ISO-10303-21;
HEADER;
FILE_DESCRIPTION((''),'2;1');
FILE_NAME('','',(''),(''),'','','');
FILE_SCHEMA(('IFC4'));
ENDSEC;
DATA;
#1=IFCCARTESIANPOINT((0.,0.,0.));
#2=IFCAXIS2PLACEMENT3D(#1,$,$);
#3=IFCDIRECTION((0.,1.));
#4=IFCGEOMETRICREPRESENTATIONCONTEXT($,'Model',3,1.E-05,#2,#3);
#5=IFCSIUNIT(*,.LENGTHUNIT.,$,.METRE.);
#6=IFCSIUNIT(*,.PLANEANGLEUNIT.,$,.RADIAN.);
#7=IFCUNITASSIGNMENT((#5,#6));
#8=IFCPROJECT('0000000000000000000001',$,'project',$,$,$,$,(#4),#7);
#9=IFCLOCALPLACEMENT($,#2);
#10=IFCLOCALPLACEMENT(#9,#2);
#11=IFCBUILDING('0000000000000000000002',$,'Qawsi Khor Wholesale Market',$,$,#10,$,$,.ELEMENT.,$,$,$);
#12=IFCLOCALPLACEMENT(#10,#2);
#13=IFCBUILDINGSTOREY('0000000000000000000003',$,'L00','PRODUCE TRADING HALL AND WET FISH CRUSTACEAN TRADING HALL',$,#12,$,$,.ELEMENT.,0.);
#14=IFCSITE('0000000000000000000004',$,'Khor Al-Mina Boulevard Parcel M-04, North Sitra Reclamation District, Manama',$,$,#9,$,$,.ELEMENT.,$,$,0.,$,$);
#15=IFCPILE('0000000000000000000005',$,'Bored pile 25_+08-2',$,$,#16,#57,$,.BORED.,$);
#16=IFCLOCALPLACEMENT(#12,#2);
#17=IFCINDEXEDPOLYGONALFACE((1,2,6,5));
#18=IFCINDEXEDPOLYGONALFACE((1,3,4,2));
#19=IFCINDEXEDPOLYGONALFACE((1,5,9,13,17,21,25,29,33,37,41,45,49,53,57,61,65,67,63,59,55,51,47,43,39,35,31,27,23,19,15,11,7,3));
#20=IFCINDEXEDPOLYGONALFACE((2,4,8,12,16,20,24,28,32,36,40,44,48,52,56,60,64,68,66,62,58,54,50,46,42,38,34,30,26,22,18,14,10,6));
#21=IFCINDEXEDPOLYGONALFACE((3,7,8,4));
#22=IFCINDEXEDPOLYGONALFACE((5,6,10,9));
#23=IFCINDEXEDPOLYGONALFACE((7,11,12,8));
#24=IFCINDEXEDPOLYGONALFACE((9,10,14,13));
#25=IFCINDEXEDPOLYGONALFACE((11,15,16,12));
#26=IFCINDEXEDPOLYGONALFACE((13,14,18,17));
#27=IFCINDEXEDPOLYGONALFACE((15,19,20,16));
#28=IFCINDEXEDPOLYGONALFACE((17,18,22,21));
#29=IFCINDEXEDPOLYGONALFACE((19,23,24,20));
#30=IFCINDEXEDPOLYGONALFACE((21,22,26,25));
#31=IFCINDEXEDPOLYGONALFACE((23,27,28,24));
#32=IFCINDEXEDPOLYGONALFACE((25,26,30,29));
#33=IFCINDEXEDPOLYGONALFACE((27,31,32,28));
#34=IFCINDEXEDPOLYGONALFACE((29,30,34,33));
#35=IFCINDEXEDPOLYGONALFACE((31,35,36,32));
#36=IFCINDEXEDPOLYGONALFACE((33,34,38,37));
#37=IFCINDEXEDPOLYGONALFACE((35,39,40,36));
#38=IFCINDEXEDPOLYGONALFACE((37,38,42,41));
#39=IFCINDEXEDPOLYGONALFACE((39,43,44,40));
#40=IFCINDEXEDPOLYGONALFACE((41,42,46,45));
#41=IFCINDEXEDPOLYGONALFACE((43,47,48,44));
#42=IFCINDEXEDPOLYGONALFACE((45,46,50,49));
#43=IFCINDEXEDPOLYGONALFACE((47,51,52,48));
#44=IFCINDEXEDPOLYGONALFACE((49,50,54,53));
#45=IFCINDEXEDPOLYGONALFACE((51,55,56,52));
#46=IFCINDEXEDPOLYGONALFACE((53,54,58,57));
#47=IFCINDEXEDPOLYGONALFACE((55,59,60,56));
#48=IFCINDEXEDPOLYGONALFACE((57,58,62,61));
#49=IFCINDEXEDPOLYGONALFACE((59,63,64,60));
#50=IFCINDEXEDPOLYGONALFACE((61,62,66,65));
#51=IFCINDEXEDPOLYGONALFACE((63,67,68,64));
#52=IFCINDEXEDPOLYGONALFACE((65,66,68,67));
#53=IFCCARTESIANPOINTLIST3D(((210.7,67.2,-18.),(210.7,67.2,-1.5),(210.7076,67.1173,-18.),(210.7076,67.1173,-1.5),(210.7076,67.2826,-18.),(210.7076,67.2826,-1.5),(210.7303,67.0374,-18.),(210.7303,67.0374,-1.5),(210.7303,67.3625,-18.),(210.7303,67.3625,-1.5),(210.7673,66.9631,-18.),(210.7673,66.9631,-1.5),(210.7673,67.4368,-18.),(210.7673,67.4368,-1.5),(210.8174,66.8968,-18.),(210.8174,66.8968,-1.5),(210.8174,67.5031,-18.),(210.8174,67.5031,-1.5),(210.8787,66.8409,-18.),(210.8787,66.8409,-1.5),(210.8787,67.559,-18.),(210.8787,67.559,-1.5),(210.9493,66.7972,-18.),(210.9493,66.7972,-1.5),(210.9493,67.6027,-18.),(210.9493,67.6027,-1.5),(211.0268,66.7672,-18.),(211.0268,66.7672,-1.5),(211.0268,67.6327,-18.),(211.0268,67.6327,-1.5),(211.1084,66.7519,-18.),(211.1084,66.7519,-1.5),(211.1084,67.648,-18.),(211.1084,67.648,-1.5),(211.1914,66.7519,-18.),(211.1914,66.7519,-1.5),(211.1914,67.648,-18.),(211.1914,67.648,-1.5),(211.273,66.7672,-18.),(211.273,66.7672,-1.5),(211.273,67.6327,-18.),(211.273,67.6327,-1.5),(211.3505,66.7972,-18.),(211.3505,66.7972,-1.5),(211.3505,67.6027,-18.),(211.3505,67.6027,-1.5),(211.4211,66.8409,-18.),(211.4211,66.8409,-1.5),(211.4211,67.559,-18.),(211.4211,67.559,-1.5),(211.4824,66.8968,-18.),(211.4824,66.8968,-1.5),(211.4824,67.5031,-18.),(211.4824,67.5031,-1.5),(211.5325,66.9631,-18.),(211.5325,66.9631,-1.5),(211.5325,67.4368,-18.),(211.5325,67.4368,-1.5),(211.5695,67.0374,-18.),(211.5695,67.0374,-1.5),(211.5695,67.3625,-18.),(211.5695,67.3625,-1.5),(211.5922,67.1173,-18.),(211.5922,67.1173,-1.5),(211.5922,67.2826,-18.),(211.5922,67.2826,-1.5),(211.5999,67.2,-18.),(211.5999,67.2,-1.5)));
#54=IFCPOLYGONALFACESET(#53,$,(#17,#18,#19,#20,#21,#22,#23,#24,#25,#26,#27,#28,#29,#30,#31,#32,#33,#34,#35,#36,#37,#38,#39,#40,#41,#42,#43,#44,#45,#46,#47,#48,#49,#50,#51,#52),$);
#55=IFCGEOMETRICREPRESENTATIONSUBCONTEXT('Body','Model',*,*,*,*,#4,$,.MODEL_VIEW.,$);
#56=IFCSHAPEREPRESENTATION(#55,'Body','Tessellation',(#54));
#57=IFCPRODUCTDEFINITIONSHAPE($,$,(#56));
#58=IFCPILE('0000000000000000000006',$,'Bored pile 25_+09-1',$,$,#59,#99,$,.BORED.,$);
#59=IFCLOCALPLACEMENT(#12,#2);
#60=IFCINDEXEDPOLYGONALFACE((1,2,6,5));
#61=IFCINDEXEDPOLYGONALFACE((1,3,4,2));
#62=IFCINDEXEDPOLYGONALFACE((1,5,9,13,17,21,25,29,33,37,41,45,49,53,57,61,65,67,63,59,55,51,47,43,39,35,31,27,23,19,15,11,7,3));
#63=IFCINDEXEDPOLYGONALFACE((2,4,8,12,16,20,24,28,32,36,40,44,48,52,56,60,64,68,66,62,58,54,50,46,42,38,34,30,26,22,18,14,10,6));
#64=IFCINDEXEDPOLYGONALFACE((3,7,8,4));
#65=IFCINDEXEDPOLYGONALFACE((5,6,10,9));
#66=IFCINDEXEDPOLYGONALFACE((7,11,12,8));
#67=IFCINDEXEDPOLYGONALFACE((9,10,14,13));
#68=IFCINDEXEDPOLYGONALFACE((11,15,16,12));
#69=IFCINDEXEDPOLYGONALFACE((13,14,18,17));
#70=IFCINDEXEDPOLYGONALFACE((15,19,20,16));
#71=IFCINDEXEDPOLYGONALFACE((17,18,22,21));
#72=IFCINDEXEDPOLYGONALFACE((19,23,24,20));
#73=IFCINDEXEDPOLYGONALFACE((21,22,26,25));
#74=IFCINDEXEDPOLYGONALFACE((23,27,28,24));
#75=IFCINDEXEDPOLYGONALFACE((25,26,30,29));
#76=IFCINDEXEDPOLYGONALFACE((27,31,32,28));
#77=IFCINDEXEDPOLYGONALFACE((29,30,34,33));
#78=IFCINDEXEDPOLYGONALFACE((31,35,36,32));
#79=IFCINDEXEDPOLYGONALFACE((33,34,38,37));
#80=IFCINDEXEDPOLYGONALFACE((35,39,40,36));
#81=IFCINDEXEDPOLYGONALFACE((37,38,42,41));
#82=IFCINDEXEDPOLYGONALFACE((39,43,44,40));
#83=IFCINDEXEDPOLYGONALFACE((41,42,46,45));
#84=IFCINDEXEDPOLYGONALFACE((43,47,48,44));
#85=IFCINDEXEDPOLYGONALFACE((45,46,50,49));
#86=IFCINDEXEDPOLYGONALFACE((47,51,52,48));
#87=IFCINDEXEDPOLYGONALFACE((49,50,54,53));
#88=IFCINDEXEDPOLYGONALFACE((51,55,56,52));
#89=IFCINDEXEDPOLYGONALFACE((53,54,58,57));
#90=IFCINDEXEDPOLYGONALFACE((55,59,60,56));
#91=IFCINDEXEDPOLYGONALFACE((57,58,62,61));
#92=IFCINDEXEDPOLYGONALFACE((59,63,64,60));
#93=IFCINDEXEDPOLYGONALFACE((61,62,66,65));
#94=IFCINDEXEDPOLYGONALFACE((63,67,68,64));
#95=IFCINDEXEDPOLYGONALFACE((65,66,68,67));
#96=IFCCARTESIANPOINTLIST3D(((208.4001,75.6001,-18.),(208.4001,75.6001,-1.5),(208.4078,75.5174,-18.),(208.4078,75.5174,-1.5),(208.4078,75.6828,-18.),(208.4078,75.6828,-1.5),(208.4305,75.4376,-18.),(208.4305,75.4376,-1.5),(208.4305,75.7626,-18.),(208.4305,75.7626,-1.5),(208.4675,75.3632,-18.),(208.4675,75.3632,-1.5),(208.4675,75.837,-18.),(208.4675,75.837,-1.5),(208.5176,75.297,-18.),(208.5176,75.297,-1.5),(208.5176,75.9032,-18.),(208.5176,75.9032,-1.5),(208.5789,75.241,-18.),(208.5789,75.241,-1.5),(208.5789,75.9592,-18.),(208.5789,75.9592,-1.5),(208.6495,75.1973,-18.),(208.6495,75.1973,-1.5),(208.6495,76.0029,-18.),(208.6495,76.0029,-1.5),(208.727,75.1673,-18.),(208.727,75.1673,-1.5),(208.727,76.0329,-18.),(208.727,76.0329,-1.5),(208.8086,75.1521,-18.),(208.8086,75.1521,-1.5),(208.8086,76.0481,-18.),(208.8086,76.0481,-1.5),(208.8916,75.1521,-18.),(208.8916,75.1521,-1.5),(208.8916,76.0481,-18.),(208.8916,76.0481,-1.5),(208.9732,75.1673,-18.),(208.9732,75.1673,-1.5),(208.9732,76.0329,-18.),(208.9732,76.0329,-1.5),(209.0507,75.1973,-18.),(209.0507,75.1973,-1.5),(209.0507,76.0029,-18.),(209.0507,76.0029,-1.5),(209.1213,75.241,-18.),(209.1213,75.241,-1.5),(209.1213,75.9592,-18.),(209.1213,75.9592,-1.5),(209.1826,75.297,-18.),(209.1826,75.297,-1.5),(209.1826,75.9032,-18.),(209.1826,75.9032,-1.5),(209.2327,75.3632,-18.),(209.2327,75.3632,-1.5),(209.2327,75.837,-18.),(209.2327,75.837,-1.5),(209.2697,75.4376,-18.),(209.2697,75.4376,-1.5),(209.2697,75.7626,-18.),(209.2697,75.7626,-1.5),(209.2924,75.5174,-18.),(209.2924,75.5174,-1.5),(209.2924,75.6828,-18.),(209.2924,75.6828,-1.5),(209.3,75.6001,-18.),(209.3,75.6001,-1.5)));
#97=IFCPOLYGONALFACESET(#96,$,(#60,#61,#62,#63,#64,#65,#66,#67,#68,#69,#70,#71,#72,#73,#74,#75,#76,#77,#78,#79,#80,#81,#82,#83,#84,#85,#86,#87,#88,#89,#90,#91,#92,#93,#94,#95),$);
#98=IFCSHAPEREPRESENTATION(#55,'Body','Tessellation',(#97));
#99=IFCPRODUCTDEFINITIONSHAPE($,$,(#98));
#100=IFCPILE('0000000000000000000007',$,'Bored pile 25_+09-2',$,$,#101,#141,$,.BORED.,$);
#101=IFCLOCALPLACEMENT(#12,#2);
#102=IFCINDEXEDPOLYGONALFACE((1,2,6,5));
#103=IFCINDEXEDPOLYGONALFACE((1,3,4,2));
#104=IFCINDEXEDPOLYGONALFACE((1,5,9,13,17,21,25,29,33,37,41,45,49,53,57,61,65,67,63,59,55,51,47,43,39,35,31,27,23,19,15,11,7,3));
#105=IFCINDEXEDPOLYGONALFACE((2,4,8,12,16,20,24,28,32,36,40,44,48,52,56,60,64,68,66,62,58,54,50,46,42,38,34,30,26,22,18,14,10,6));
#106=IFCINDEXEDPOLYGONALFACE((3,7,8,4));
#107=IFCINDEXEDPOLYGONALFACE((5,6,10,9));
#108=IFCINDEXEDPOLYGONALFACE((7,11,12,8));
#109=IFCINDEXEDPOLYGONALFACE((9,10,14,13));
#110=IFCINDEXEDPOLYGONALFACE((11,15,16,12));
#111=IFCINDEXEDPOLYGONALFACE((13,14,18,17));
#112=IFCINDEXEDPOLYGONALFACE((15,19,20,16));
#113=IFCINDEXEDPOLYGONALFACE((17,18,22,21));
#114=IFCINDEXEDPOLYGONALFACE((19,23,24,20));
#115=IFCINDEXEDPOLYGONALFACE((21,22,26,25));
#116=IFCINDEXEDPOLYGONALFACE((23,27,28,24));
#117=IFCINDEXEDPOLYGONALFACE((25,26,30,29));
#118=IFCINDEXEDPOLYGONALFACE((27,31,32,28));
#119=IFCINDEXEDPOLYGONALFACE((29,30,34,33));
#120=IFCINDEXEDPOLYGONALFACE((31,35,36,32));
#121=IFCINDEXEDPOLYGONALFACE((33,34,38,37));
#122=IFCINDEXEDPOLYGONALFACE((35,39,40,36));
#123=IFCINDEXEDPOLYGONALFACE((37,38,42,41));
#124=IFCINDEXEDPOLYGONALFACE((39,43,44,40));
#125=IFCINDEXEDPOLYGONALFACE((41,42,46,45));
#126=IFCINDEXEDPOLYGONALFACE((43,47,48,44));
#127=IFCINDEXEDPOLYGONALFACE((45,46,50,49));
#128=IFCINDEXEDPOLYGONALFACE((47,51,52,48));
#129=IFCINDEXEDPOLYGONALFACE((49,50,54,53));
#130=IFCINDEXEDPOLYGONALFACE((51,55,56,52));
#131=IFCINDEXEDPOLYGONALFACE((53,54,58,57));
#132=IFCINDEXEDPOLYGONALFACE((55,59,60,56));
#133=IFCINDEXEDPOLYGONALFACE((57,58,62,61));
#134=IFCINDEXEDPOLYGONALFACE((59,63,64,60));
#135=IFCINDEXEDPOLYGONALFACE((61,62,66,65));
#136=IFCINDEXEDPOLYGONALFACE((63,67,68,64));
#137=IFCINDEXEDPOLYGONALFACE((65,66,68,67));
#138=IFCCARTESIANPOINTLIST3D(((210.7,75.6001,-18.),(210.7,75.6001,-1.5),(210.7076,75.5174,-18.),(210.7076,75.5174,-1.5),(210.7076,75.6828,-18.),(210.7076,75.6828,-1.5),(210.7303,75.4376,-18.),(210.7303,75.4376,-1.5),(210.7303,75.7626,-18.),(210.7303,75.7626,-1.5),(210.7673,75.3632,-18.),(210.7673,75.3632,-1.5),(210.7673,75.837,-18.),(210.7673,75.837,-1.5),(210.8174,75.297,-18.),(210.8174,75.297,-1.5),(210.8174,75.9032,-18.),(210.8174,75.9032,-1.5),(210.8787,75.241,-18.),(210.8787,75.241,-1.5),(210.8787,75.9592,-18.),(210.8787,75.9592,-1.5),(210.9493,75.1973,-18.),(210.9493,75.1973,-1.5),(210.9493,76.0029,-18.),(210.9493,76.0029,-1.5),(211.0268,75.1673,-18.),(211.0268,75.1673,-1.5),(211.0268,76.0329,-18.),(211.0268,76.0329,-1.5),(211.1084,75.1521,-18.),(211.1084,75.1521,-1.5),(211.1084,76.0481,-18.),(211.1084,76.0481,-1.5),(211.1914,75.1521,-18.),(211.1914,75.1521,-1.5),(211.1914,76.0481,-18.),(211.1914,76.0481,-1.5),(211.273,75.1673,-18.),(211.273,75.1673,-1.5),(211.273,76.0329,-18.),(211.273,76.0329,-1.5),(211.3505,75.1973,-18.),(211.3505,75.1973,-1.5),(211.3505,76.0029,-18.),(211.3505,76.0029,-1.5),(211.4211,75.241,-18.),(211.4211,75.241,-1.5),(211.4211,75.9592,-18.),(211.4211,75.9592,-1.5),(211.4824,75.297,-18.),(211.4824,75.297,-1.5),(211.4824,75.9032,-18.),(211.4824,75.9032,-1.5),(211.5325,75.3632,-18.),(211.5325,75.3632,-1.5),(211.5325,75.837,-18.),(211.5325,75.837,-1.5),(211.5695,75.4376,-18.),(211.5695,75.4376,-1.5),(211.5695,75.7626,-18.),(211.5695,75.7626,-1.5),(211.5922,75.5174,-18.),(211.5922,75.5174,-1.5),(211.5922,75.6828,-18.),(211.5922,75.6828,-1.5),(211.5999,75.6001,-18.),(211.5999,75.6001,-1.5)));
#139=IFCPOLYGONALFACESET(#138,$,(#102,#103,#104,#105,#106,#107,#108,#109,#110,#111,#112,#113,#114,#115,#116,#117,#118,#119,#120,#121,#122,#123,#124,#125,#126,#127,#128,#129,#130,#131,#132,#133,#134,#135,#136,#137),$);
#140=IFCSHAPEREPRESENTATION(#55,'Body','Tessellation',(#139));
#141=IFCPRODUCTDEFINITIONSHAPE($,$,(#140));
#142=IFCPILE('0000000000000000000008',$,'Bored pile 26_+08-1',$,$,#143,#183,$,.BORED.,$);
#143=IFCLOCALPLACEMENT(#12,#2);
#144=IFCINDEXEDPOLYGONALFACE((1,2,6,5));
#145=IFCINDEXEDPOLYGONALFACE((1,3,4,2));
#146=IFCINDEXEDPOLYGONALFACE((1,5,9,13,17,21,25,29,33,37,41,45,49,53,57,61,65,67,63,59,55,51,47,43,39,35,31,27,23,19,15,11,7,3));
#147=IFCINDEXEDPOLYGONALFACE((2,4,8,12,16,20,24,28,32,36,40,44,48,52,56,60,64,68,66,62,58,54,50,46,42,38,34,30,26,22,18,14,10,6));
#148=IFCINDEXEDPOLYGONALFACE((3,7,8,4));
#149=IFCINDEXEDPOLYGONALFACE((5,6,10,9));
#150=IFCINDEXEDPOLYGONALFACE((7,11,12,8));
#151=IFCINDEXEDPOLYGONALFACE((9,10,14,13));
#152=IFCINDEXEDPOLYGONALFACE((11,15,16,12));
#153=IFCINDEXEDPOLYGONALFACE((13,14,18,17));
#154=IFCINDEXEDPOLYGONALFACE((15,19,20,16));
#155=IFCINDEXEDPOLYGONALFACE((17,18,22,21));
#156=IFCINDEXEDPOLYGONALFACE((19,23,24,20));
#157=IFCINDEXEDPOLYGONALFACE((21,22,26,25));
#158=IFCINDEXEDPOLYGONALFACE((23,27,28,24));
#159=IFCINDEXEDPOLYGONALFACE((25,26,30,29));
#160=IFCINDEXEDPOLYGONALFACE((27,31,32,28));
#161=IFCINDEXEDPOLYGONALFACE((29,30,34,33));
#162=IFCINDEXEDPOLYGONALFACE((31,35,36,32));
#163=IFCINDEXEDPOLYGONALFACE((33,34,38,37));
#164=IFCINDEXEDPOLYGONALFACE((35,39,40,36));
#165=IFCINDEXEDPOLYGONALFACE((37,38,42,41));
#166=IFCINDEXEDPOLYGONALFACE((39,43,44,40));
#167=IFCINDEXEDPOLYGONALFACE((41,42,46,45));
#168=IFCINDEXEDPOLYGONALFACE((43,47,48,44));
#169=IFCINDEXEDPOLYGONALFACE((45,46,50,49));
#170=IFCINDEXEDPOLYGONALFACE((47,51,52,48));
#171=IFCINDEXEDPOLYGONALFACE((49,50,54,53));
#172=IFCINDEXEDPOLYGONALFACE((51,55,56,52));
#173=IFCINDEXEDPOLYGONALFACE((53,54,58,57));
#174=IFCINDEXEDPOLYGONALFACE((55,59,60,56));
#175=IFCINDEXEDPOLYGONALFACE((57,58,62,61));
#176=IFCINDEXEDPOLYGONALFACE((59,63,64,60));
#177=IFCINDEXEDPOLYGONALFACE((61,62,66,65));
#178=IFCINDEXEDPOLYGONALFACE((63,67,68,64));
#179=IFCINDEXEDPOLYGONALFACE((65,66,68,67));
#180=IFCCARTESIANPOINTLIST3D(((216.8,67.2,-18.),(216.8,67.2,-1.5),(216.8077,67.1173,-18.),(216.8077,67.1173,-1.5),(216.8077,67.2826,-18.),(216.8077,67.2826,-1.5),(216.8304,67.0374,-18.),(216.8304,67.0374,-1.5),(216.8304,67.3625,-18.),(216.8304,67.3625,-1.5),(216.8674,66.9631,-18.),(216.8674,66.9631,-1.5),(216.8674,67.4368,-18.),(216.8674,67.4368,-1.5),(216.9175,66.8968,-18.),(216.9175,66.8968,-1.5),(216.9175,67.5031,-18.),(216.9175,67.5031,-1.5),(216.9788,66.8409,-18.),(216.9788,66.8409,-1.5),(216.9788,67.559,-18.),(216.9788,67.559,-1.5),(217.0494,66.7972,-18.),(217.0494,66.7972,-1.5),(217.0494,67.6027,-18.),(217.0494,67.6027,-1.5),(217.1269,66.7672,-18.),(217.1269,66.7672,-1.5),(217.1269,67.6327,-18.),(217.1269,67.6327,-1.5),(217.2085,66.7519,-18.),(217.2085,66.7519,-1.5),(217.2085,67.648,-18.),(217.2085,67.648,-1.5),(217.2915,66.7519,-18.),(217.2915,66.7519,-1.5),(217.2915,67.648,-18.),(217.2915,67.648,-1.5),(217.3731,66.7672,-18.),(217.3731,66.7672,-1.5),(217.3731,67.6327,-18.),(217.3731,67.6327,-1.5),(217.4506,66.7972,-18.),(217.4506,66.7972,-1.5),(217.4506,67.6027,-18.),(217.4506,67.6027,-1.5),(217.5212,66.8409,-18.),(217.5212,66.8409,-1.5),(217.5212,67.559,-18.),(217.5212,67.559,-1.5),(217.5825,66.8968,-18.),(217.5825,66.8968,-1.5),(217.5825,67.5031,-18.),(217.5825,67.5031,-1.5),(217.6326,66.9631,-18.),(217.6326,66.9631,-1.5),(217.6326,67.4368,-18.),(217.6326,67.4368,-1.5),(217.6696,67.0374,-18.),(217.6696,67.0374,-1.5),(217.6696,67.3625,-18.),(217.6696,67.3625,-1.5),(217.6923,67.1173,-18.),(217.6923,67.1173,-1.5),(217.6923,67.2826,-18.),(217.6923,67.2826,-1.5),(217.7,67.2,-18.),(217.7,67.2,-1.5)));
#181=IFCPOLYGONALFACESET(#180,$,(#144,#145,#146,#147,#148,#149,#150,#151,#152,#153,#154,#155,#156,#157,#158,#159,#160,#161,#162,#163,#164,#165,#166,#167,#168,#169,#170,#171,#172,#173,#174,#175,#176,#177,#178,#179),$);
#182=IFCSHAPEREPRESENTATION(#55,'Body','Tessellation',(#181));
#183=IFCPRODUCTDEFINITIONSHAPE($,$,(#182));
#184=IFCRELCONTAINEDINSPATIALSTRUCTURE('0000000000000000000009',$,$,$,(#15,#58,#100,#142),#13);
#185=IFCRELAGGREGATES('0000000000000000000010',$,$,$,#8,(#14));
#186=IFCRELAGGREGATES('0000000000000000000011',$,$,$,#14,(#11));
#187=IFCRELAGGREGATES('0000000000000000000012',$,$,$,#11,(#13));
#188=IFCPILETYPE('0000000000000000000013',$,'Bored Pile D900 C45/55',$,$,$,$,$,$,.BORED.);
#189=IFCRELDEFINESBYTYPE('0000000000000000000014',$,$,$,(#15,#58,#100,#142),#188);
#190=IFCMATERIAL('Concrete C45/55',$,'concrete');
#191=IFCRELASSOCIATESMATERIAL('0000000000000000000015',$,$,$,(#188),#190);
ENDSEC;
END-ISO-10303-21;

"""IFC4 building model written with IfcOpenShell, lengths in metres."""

from ifc_helpers import new_model, si_unit, direction, frame, origin, origin_2d, place, context, subcontext, project, spatial, circle, extrude, material, material_profile, profile_set, type_object, element, save


model = new_model("IFC4")

# Units and contexts
model_context = context("Model", 3, precision=1e-05, world=origin(), true_north=direction((0.0, 1.0)))
body_context = subcontext(model_context, "Body", "Model", "MODEL_VIEW")
ifc_project = project(units=[si_unit("LENGTHUNIT", "METRE"), si_unit("PLANEANGLEUNIT", "RADIAN")], contexts=[model_context])

# Site, building, storey
site_placement = place(None, origin())
site = spatial("IfcSite", under=ifc_project, at=site_placement, Name="Khor Al-Mina Boulevard Parcel M-04, North Sitra Reclamation District, Manama", CompositionType="ELEMENT", RefElevation=0.0)
building_placement = place(site_placement, origin())
building = spatial("IfcBuilding", under=site, at=building_placement, Name="Qawsi Khor Wholesale Market", CompositionType="ELEMENT")
storey_placement = place(building_placement, origin())
storey = spatial("IfcBuildingStorey", under=building, at=storey_placement, Name="L00", Description="PRODUCE TRADING HALL AND WET FISH CRUSTACEAN TRADING HALL", CompositionType="ELEMENT", Elevation=0.0)

# Piles
ifc_material_1 = material(Name="Concrete C45/55", Category="concrete")
ifc_material_profile_1 = material_profile(ifc_material_1, circle(Radius=0.45, at=origin_2d()), Name="PILE D900")
ifc_profile_set_1 = profile_set([ifc_material_profile_1], Name="Concrete C45/55")
pile_type = type_object("IfcPileType", Name="Bored Pile D900 C45/55", PredefinedType="BORED", material=ifc_profile_set_1)
for number, where, z_axis, x_axis, name in (
    (1, (211.1499, 67.2, -1.5), (0.0, 0.0, -1.0), (1.0, 0.0, 0.0), "Bored pile 25_+08-2"),
    (2, (208.8501, 75.6001, -1.5), (0.0, 0.0, -1.0), (1.0, 0.0, 0.0), "Bored pile 25_+09-1"),
    (3, (211.1499, 75.6001, -1.5), (0.0, 0.0, -1.0), (1.0, 0.0, 0.0), "Bored pile 25_+09-2"),
    (4, (217.25, 67.2, -1.5), (0.0, 0.0, -1.0), (1.0, 0.0, 0.0), "Bored pile 26_+08-1"),
):
    element("IfcPile", number, at=place(storey_placement, frame(where, z_axis=z_axis, x_axis=x_axis)), inside=storey, type_object=pile_type, Name=name, PredefinedType="BORED", context=body_context, shape_type="SweptSolid", body=[
        extrude(circle(Radius=0.45, at=origin_2d()), origin(), (0.0, 0.0, 1.0), 16.5),
    ])

save(model, "model.ifc")
